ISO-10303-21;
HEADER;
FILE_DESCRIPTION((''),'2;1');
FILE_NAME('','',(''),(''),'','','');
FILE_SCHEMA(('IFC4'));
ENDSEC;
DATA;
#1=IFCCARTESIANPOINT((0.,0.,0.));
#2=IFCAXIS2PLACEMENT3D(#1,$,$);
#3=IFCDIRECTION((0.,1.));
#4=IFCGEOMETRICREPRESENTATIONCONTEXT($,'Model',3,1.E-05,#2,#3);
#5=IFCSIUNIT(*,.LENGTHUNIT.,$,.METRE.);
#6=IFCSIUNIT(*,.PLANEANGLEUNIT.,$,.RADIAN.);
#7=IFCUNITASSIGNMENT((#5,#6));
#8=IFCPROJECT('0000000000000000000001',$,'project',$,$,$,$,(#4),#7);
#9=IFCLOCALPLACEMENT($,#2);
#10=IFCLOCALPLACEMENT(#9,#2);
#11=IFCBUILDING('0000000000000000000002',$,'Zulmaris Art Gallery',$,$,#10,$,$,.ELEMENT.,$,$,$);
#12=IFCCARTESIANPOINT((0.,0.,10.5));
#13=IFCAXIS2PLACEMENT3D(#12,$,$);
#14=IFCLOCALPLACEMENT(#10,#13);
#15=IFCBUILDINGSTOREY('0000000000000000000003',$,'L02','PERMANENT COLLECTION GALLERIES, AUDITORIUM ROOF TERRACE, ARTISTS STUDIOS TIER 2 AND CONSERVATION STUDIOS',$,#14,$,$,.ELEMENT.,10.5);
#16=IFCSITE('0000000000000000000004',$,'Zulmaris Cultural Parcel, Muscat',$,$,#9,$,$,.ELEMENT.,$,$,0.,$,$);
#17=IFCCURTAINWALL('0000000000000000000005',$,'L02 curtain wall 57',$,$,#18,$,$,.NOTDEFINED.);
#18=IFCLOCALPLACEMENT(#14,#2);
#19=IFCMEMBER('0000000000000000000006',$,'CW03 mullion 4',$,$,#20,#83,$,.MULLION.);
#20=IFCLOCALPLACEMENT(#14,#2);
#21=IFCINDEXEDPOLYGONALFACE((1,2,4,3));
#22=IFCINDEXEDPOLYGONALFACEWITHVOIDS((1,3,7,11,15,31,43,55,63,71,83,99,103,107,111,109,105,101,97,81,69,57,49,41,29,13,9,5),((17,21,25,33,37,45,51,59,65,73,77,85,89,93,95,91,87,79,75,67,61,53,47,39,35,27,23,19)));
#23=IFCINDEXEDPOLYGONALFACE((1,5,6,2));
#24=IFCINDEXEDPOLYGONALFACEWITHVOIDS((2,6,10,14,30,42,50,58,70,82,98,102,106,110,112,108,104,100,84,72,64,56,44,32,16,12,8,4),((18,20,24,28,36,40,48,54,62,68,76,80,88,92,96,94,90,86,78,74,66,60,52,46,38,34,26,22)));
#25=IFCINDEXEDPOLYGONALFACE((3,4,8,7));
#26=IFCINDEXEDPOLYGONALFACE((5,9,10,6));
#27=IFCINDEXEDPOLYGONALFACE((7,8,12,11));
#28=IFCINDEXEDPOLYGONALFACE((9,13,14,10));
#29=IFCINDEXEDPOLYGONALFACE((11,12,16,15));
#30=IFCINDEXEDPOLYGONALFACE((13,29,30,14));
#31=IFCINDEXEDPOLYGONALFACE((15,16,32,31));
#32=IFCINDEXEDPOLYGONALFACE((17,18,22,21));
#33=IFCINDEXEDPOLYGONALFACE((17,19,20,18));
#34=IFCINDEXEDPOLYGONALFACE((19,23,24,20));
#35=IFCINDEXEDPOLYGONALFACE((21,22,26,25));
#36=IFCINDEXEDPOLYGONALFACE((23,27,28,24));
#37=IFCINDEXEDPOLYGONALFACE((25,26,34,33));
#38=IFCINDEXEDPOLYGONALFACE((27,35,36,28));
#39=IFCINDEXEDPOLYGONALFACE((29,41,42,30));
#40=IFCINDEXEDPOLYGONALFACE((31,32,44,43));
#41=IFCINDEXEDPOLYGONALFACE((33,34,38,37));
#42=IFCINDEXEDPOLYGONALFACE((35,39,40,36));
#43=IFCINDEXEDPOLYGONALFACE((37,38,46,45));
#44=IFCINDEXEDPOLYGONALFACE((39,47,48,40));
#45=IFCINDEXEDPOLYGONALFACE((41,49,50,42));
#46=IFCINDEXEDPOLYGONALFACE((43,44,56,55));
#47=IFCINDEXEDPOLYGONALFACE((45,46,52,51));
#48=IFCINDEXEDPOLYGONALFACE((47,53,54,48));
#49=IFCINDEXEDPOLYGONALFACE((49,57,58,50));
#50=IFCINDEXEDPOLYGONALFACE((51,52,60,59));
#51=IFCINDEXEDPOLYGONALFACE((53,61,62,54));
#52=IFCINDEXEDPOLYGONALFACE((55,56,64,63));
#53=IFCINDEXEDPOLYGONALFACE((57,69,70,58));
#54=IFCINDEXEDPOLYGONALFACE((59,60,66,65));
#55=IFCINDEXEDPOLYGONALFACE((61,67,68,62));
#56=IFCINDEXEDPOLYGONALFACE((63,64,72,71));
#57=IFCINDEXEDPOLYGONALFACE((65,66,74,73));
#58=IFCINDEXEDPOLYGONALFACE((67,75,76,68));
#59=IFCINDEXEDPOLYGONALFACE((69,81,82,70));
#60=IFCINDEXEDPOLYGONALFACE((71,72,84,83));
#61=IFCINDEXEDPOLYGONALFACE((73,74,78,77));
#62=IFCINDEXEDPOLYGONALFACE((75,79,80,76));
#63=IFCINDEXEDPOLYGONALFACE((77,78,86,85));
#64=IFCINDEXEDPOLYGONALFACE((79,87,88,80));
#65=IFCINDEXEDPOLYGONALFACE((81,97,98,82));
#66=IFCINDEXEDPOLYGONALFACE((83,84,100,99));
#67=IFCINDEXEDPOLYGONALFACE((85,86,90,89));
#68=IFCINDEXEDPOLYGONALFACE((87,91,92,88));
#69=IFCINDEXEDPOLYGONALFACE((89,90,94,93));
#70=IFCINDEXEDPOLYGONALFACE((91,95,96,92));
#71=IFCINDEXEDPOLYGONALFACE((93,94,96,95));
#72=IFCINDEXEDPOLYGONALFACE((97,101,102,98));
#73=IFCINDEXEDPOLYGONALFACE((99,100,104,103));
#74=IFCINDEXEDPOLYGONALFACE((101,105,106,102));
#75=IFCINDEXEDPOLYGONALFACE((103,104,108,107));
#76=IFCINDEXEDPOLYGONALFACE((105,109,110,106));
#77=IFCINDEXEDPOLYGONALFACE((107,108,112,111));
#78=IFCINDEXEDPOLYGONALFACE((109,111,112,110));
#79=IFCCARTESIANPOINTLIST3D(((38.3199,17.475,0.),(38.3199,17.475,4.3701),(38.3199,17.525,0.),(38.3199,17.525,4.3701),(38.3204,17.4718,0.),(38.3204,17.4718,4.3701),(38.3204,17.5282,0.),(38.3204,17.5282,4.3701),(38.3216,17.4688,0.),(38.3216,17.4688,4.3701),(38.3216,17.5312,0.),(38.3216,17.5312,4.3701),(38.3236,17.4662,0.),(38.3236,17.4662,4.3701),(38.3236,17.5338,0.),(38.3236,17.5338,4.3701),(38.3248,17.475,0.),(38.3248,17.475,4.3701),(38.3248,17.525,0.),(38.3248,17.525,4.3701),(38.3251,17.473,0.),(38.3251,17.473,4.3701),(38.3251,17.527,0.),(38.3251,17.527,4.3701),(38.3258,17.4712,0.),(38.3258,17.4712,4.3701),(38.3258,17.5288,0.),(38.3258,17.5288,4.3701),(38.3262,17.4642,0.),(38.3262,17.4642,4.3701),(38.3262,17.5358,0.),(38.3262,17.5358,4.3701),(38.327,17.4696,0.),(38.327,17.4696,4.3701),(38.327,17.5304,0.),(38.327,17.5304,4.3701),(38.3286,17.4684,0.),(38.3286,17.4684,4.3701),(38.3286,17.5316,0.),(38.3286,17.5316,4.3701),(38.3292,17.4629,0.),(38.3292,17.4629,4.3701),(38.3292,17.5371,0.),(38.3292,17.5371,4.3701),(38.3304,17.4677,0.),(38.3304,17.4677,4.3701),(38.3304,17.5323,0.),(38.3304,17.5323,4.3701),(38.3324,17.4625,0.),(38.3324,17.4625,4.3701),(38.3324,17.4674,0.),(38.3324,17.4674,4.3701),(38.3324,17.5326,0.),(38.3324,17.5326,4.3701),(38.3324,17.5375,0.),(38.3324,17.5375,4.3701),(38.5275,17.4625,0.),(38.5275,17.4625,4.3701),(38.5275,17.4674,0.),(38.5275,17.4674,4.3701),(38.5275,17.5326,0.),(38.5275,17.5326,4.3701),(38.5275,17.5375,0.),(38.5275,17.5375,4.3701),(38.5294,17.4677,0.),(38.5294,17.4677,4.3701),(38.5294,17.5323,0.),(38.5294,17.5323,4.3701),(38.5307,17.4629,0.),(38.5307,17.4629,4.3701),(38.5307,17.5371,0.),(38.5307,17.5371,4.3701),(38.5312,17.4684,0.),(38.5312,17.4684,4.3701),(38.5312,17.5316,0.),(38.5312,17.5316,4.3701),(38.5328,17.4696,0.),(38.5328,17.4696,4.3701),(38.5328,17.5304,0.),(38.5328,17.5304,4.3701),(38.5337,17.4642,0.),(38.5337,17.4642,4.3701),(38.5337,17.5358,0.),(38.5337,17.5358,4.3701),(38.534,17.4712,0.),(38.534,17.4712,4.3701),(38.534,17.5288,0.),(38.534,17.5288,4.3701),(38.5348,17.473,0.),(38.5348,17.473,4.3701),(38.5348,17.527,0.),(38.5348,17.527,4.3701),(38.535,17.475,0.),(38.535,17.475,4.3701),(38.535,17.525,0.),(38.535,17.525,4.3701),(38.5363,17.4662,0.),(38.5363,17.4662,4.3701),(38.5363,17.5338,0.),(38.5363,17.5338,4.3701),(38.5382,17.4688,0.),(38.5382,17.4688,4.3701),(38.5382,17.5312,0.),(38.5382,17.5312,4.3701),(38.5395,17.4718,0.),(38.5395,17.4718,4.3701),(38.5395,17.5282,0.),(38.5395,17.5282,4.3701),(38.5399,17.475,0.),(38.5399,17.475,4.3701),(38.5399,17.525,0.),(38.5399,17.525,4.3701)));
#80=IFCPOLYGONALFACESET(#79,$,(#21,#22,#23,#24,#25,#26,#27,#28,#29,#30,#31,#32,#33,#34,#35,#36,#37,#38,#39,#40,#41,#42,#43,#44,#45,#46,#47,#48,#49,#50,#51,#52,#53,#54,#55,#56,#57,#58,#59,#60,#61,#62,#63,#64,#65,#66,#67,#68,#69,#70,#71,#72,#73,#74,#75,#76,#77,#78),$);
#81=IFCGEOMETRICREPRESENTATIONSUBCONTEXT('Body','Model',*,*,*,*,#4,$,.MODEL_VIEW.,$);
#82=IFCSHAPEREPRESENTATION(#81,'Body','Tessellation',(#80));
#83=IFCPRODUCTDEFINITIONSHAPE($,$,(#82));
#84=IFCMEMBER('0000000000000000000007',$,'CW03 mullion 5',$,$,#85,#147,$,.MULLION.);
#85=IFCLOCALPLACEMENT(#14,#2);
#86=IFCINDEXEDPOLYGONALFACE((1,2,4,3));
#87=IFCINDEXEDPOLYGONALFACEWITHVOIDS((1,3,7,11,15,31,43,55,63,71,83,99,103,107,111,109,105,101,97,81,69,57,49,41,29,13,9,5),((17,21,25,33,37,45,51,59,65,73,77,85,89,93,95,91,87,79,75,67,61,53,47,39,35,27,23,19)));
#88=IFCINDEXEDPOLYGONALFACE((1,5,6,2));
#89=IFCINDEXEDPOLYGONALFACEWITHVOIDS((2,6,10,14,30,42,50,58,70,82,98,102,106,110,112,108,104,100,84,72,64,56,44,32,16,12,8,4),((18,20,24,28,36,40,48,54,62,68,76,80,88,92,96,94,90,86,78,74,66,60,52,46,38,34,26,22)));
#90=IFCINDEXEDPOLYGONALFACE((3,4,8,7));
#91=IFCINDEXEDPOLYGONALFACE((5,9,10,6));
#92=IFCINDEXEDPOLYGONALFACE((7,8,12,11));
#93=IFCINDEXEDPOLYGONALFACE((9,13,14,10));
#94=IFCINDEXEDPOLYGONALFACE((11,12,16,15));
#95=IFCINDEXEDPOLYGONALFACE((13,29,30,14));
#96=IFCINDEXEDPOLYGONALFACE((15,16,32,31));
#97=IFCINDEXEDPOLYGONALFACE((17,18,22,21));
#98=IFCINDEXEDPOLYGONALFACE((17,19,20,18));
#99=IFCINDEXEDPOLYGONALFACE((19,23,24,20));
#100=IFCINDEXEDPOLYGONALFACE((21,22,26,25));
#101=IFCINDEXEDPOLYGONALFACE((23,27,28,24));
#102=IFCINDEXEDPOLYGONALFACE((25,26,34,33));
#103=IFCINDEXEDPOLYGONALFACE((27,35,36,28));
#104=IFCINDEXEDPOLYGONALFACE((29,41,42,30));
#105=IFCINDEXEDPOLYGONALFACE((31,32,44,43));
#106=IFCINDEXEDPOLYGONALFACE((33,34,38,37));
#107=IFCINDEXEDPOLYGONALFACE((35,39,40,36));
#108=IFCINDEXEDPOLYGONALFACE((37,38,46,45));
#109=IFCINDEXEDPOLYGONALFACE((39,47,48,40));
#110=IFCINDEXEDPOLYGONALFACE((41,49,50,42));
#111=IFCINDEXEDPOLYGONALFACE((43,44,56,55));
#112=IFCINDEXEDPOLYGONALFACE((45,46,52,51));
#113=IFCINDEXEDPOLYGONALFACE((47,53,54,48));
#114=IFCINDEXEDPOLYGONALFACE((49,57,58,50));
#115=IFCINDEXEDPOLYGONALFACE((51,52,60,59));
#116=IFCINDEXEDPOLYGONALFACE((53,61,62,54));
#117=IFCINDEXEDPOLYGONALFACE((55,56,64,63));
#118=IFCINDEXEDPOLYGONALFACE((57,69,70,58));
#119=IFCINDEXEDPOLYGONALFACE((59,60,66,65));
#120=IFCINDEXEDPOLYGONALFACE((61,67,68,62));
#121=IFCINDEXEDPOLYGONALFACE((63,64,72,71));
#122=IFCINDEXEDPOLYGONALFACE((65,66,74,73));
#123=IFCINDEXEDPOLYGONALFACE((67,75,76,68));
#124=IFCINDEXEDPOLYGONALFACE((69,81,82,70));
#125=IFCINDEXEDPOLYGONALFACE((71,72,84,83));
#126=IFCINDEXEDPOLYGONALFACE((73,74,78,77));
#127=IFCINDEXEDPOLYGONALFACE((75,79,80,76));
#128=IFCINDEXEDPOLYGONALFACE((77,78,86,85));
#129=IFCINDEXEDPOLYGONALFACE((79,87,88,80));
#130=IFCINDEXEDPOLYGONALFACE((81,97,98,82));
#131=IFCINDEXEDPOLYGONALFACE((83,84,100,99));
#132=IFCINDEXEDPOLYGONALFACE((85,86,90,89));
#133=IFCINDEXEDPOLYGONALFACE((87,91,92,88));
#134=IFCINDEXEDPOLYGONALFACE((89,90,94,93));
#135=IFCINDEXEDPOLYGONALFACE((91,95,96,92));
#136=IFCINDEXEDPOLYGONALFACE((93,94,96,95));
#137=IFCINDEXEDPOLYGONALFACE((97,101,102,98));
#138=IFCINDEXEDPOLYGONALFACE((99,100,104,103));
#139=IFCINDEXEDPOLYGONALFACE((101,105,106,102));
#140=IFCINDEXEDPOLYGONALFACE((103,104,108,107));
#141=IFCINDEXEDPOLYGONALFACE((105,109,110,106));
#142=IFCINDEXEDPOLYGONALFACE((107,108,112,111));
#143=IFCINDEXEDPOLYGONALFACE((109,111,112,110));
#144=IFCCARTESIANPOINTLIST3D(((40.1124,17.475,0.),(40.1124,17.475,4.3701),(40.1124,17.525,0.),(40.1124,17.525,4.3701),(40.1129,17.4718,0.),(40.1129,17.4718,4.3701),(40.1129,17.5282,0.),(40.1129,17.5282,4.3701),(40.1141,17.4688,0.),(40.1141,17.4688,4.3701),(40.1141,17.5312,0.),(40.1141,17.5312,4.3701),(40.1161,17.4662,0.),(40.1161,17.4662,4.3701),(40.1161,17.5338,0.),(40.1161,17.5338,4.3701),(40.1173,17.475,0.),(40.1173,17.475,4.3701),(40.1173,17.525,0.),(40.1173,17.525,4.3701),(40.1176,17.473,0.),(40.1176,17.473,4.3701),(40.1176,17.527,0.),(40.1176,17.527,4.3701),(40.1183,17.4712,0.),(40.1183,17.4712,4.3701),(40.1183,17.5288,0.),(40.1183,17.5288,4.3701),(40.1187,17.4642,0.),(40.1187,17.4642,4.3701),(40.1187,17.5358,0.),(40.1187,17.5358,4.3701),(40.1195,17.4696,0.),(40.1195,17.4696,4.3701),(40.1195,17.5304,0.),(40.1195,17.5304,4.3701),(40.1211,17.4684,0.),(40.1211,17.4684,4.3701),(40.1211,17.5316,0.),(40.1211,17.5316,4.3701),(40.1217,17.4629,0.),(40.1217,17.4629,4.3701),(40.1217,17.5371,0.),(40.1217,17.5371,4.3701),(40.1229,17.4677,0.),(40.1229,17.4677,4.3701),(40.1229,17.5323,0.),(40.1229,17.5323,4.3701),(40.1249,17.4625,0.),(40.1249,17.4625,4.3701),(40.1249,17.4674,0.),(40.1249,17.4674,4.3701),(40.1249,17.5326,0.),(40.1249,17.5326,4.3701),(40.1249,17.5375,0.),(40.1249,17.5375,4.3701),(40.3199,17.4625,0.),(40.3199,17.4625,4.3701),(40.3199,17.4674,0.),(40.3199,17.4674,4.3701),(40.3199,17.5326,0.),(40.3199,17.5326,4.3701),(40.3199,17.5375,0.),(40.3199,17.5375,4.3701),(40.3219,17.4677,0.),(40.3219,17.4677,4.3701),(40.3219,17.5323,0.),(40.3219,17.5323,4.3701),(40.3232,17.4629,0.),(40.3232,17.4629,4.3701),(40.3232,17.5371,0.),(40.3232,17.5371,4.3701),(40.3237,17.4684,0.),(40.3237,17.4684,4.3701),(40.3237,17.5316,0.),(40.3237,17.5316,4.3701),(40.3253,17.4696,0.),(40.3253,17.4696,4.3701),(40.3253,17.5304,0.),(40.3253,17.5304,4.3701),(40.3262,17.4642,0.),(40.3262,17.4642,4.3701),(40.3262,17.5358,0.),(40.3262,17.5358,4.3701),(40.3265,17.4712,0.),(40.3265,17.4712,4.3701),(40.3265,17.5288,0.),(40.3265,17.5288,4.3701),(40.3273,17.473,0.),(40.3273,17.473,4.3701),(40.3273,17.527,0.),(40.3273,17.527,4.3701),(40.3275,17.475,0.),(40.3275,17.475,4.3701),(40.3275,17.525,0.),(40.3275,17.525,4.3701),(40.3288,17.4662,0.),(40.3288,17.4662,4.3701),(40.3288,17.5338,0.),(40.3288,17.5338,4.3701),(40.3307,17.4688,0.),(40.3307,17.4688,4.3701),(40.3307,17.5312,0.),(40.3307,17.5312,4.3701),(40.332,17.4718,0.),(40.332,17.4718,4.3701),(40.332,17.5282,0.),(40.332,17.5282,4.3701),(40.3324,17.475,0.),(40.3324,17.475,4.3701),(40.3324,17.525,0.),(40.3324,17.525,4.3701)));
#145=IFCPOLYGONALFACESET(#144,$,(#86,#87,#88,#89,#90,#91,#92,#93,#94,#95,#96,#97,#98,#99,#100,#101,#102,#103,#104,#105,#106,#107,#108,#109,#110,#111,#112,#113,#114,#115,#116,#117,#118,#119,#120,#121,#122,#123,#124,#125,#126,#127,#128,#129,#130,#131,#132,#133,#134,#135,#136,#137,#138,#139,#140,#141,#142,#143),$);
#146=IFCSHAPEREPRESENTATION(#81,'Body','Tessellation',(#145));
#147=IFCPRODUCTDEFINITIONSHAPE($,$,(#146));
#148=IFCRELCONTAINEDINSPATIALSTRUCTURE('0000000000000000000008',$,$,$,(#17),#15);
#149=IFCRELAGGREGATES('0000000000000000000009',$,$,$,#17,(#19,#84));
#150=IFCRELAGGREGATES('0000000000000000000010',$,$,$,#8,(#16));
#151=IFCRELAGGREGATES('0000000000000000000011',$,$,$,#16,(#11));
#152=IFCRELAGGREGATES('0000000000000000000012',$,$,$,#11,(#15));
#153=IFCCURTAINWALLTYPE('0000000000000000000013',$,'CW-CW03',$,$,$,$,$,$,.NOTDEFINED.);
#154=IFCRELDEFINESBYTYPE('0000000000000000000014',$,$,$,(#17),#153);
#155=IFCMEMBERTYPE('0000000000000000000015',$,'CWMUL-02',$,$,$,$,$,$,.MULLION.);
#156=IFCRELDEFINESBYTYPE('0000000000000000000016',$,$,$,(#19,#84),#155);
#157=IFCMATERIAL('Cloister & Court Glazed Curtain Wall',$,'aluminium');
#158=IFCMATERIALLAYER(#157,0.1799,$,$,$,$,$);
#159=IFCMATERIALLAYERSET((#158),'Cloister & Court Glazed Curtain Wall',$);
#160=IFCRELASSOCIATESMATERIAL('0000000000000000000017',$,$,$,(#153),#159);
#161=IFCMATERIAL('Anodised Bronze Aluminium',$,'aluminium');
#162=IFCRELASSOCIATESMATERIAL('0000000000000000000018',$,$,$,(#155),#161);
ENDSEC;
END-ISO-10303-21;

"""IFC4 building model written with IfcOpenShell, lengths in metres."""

from ifc_helpers import new_model, si_unit, direction, frame, origin, origin_2d, place, context, subcontext, project, spatial, hollow_rectangle, extrude, material, layer, layer_set, material_profile, profile_set, type_object, element, aggregate, save


model = new_model("IFC4")

# Units and contexts
model_context = context("Model", 3, precision=1e-05, world=origin(), true_north=direction((0.0, 1.0)))
body_context = subcontext(model_context, "Body", "Model", "MODEL_VIEW")
ifc_project = project(units=[si_unit("LENGTHUNIT", "METRE"), si_unit("PLANEANGLEUNIT", "RADIAN")], contexts=[model_context])

# Site, building, storey
site_placement = place(None, origin())
site = spatial("IfcSite", under=ifc_project, at=site_placement, Name="Zulmaris Cultural Parcel, Muscat", CompositionType="ELEMENT", RefElevation=0.0)
building_placement = place(site_placement, origin())
building = spatial("IfcBuilding", under=site, at=building_placement, Name="Zulmaris Art Gallery", CompositionType="ELEMENT")
storey_placement = place(building_placement, frame((0.0, 0.0, 10.5)))
storey = spatial("IfcBuildingStorey", under=building, at=storey_placement, Name="L02", Description="PERMANENT COLLECTION GALLERIES, AUDITORIUM ROOF TERRACE, ARTISTS STUDIOS TIER 2 AND CONSERVATION STUDIOS", CompositionType="ELEMENT", Elevation=10.5)

# Curtain wall, members
ifc_material_1 = material(Name="Cloister & Court Glazed Curtain Wall", Category="aluminium")
ifc_layer_1 = layer(ifc_material_1, 0.1799)
ifc_layer_set_1 = layer_set([ifc_layer_1], Name="Cloister & Court Glazed Curtain Wall")
curtain_wall_type = type_object("IfcCurtainWallType", Name="CW-CW03", PredefinedType="NOTDEFINED", material=ifc_layer_set_1)
curtain_wall_1_placement = place(storey_placement, origin())
curtain_wall_1 = element("IfcCurtainWall", 1, at=curtain_wall_1_placement, inside=storey, type_object=curtain_wall_type, Name="L02 curtain wall 57", PredefinedType="NOTDEFINED")
ifc_material_2 = material(Name="Anodised Bronze Aluminium", Category="aluminium")
ifc_material_profile_1 = material_profile(ifc_material_2, hollow_rectangle(XDim=0.075, YDim=0.22, WallThickness=0.0049, InnerFilletRadius=0.0076, OuterFilletRadius=0.0125, at=origin_2d()), Name="ALU 75x220x5")
ifc_profile_set_1 = profile_set([ifc_material_profile_1], Name="Anodised Bronze Aluminium")
member_type_1 = type_object("IfcMemberType", Name="CWMUL-02", PredefinedType="MULLION", material=ifc_profile_set_1)
member_1_placement = place(storey_placement, frame((38.4299, 17.5, 0.0), z_axis=(0.0, 0.0, 1.0), x_axis=(0.0, 1.0, 0.0)))
member_1 = element("IfcMember", 2, at=member_1_placement, type_object=member_type_1, Name="CW03 mullion 4", PredefinedType="MULLION", context=body_context, shape_type="SweptSolid", body=[
    extrude(hollow_rectangle(XDim=0.075, YDim=0.22, WallThickness=0.0049, InnerFilletRadius=0.0076, OuterFilletRadius=0.0125, at=origin_2d()), origin(), (0.0, 0.0, 1.0), 4.3701),
])
member_2_placement = place(storey_placement, frame((40.2224, 17.5, 0.0), z_axis=(0.0, 0.0, 1.0), x_axis=(0.0, 1.0, 0.0)))
member_2 = element("IfcMember", 3, at=member_2_placement, type_object=member_type_1, Name="CW03 mullion 5", PredefinedType="MULLION", context=body_context, shape_type="SweptSolid", body=[
    extrude(hollow_rectangle(XDim=0.075, YDim=0.22, WallThickness=0.0049, InnerFilletRadius=0.0076, OuterFilletRadius=0.0125, at=origin_2d()), origin(), (0.0, 0.0, 1.0), 4.3701),
])

aggregate(curtain_wall_1, [member_1, member_2])

save(model, "model.ifc")
